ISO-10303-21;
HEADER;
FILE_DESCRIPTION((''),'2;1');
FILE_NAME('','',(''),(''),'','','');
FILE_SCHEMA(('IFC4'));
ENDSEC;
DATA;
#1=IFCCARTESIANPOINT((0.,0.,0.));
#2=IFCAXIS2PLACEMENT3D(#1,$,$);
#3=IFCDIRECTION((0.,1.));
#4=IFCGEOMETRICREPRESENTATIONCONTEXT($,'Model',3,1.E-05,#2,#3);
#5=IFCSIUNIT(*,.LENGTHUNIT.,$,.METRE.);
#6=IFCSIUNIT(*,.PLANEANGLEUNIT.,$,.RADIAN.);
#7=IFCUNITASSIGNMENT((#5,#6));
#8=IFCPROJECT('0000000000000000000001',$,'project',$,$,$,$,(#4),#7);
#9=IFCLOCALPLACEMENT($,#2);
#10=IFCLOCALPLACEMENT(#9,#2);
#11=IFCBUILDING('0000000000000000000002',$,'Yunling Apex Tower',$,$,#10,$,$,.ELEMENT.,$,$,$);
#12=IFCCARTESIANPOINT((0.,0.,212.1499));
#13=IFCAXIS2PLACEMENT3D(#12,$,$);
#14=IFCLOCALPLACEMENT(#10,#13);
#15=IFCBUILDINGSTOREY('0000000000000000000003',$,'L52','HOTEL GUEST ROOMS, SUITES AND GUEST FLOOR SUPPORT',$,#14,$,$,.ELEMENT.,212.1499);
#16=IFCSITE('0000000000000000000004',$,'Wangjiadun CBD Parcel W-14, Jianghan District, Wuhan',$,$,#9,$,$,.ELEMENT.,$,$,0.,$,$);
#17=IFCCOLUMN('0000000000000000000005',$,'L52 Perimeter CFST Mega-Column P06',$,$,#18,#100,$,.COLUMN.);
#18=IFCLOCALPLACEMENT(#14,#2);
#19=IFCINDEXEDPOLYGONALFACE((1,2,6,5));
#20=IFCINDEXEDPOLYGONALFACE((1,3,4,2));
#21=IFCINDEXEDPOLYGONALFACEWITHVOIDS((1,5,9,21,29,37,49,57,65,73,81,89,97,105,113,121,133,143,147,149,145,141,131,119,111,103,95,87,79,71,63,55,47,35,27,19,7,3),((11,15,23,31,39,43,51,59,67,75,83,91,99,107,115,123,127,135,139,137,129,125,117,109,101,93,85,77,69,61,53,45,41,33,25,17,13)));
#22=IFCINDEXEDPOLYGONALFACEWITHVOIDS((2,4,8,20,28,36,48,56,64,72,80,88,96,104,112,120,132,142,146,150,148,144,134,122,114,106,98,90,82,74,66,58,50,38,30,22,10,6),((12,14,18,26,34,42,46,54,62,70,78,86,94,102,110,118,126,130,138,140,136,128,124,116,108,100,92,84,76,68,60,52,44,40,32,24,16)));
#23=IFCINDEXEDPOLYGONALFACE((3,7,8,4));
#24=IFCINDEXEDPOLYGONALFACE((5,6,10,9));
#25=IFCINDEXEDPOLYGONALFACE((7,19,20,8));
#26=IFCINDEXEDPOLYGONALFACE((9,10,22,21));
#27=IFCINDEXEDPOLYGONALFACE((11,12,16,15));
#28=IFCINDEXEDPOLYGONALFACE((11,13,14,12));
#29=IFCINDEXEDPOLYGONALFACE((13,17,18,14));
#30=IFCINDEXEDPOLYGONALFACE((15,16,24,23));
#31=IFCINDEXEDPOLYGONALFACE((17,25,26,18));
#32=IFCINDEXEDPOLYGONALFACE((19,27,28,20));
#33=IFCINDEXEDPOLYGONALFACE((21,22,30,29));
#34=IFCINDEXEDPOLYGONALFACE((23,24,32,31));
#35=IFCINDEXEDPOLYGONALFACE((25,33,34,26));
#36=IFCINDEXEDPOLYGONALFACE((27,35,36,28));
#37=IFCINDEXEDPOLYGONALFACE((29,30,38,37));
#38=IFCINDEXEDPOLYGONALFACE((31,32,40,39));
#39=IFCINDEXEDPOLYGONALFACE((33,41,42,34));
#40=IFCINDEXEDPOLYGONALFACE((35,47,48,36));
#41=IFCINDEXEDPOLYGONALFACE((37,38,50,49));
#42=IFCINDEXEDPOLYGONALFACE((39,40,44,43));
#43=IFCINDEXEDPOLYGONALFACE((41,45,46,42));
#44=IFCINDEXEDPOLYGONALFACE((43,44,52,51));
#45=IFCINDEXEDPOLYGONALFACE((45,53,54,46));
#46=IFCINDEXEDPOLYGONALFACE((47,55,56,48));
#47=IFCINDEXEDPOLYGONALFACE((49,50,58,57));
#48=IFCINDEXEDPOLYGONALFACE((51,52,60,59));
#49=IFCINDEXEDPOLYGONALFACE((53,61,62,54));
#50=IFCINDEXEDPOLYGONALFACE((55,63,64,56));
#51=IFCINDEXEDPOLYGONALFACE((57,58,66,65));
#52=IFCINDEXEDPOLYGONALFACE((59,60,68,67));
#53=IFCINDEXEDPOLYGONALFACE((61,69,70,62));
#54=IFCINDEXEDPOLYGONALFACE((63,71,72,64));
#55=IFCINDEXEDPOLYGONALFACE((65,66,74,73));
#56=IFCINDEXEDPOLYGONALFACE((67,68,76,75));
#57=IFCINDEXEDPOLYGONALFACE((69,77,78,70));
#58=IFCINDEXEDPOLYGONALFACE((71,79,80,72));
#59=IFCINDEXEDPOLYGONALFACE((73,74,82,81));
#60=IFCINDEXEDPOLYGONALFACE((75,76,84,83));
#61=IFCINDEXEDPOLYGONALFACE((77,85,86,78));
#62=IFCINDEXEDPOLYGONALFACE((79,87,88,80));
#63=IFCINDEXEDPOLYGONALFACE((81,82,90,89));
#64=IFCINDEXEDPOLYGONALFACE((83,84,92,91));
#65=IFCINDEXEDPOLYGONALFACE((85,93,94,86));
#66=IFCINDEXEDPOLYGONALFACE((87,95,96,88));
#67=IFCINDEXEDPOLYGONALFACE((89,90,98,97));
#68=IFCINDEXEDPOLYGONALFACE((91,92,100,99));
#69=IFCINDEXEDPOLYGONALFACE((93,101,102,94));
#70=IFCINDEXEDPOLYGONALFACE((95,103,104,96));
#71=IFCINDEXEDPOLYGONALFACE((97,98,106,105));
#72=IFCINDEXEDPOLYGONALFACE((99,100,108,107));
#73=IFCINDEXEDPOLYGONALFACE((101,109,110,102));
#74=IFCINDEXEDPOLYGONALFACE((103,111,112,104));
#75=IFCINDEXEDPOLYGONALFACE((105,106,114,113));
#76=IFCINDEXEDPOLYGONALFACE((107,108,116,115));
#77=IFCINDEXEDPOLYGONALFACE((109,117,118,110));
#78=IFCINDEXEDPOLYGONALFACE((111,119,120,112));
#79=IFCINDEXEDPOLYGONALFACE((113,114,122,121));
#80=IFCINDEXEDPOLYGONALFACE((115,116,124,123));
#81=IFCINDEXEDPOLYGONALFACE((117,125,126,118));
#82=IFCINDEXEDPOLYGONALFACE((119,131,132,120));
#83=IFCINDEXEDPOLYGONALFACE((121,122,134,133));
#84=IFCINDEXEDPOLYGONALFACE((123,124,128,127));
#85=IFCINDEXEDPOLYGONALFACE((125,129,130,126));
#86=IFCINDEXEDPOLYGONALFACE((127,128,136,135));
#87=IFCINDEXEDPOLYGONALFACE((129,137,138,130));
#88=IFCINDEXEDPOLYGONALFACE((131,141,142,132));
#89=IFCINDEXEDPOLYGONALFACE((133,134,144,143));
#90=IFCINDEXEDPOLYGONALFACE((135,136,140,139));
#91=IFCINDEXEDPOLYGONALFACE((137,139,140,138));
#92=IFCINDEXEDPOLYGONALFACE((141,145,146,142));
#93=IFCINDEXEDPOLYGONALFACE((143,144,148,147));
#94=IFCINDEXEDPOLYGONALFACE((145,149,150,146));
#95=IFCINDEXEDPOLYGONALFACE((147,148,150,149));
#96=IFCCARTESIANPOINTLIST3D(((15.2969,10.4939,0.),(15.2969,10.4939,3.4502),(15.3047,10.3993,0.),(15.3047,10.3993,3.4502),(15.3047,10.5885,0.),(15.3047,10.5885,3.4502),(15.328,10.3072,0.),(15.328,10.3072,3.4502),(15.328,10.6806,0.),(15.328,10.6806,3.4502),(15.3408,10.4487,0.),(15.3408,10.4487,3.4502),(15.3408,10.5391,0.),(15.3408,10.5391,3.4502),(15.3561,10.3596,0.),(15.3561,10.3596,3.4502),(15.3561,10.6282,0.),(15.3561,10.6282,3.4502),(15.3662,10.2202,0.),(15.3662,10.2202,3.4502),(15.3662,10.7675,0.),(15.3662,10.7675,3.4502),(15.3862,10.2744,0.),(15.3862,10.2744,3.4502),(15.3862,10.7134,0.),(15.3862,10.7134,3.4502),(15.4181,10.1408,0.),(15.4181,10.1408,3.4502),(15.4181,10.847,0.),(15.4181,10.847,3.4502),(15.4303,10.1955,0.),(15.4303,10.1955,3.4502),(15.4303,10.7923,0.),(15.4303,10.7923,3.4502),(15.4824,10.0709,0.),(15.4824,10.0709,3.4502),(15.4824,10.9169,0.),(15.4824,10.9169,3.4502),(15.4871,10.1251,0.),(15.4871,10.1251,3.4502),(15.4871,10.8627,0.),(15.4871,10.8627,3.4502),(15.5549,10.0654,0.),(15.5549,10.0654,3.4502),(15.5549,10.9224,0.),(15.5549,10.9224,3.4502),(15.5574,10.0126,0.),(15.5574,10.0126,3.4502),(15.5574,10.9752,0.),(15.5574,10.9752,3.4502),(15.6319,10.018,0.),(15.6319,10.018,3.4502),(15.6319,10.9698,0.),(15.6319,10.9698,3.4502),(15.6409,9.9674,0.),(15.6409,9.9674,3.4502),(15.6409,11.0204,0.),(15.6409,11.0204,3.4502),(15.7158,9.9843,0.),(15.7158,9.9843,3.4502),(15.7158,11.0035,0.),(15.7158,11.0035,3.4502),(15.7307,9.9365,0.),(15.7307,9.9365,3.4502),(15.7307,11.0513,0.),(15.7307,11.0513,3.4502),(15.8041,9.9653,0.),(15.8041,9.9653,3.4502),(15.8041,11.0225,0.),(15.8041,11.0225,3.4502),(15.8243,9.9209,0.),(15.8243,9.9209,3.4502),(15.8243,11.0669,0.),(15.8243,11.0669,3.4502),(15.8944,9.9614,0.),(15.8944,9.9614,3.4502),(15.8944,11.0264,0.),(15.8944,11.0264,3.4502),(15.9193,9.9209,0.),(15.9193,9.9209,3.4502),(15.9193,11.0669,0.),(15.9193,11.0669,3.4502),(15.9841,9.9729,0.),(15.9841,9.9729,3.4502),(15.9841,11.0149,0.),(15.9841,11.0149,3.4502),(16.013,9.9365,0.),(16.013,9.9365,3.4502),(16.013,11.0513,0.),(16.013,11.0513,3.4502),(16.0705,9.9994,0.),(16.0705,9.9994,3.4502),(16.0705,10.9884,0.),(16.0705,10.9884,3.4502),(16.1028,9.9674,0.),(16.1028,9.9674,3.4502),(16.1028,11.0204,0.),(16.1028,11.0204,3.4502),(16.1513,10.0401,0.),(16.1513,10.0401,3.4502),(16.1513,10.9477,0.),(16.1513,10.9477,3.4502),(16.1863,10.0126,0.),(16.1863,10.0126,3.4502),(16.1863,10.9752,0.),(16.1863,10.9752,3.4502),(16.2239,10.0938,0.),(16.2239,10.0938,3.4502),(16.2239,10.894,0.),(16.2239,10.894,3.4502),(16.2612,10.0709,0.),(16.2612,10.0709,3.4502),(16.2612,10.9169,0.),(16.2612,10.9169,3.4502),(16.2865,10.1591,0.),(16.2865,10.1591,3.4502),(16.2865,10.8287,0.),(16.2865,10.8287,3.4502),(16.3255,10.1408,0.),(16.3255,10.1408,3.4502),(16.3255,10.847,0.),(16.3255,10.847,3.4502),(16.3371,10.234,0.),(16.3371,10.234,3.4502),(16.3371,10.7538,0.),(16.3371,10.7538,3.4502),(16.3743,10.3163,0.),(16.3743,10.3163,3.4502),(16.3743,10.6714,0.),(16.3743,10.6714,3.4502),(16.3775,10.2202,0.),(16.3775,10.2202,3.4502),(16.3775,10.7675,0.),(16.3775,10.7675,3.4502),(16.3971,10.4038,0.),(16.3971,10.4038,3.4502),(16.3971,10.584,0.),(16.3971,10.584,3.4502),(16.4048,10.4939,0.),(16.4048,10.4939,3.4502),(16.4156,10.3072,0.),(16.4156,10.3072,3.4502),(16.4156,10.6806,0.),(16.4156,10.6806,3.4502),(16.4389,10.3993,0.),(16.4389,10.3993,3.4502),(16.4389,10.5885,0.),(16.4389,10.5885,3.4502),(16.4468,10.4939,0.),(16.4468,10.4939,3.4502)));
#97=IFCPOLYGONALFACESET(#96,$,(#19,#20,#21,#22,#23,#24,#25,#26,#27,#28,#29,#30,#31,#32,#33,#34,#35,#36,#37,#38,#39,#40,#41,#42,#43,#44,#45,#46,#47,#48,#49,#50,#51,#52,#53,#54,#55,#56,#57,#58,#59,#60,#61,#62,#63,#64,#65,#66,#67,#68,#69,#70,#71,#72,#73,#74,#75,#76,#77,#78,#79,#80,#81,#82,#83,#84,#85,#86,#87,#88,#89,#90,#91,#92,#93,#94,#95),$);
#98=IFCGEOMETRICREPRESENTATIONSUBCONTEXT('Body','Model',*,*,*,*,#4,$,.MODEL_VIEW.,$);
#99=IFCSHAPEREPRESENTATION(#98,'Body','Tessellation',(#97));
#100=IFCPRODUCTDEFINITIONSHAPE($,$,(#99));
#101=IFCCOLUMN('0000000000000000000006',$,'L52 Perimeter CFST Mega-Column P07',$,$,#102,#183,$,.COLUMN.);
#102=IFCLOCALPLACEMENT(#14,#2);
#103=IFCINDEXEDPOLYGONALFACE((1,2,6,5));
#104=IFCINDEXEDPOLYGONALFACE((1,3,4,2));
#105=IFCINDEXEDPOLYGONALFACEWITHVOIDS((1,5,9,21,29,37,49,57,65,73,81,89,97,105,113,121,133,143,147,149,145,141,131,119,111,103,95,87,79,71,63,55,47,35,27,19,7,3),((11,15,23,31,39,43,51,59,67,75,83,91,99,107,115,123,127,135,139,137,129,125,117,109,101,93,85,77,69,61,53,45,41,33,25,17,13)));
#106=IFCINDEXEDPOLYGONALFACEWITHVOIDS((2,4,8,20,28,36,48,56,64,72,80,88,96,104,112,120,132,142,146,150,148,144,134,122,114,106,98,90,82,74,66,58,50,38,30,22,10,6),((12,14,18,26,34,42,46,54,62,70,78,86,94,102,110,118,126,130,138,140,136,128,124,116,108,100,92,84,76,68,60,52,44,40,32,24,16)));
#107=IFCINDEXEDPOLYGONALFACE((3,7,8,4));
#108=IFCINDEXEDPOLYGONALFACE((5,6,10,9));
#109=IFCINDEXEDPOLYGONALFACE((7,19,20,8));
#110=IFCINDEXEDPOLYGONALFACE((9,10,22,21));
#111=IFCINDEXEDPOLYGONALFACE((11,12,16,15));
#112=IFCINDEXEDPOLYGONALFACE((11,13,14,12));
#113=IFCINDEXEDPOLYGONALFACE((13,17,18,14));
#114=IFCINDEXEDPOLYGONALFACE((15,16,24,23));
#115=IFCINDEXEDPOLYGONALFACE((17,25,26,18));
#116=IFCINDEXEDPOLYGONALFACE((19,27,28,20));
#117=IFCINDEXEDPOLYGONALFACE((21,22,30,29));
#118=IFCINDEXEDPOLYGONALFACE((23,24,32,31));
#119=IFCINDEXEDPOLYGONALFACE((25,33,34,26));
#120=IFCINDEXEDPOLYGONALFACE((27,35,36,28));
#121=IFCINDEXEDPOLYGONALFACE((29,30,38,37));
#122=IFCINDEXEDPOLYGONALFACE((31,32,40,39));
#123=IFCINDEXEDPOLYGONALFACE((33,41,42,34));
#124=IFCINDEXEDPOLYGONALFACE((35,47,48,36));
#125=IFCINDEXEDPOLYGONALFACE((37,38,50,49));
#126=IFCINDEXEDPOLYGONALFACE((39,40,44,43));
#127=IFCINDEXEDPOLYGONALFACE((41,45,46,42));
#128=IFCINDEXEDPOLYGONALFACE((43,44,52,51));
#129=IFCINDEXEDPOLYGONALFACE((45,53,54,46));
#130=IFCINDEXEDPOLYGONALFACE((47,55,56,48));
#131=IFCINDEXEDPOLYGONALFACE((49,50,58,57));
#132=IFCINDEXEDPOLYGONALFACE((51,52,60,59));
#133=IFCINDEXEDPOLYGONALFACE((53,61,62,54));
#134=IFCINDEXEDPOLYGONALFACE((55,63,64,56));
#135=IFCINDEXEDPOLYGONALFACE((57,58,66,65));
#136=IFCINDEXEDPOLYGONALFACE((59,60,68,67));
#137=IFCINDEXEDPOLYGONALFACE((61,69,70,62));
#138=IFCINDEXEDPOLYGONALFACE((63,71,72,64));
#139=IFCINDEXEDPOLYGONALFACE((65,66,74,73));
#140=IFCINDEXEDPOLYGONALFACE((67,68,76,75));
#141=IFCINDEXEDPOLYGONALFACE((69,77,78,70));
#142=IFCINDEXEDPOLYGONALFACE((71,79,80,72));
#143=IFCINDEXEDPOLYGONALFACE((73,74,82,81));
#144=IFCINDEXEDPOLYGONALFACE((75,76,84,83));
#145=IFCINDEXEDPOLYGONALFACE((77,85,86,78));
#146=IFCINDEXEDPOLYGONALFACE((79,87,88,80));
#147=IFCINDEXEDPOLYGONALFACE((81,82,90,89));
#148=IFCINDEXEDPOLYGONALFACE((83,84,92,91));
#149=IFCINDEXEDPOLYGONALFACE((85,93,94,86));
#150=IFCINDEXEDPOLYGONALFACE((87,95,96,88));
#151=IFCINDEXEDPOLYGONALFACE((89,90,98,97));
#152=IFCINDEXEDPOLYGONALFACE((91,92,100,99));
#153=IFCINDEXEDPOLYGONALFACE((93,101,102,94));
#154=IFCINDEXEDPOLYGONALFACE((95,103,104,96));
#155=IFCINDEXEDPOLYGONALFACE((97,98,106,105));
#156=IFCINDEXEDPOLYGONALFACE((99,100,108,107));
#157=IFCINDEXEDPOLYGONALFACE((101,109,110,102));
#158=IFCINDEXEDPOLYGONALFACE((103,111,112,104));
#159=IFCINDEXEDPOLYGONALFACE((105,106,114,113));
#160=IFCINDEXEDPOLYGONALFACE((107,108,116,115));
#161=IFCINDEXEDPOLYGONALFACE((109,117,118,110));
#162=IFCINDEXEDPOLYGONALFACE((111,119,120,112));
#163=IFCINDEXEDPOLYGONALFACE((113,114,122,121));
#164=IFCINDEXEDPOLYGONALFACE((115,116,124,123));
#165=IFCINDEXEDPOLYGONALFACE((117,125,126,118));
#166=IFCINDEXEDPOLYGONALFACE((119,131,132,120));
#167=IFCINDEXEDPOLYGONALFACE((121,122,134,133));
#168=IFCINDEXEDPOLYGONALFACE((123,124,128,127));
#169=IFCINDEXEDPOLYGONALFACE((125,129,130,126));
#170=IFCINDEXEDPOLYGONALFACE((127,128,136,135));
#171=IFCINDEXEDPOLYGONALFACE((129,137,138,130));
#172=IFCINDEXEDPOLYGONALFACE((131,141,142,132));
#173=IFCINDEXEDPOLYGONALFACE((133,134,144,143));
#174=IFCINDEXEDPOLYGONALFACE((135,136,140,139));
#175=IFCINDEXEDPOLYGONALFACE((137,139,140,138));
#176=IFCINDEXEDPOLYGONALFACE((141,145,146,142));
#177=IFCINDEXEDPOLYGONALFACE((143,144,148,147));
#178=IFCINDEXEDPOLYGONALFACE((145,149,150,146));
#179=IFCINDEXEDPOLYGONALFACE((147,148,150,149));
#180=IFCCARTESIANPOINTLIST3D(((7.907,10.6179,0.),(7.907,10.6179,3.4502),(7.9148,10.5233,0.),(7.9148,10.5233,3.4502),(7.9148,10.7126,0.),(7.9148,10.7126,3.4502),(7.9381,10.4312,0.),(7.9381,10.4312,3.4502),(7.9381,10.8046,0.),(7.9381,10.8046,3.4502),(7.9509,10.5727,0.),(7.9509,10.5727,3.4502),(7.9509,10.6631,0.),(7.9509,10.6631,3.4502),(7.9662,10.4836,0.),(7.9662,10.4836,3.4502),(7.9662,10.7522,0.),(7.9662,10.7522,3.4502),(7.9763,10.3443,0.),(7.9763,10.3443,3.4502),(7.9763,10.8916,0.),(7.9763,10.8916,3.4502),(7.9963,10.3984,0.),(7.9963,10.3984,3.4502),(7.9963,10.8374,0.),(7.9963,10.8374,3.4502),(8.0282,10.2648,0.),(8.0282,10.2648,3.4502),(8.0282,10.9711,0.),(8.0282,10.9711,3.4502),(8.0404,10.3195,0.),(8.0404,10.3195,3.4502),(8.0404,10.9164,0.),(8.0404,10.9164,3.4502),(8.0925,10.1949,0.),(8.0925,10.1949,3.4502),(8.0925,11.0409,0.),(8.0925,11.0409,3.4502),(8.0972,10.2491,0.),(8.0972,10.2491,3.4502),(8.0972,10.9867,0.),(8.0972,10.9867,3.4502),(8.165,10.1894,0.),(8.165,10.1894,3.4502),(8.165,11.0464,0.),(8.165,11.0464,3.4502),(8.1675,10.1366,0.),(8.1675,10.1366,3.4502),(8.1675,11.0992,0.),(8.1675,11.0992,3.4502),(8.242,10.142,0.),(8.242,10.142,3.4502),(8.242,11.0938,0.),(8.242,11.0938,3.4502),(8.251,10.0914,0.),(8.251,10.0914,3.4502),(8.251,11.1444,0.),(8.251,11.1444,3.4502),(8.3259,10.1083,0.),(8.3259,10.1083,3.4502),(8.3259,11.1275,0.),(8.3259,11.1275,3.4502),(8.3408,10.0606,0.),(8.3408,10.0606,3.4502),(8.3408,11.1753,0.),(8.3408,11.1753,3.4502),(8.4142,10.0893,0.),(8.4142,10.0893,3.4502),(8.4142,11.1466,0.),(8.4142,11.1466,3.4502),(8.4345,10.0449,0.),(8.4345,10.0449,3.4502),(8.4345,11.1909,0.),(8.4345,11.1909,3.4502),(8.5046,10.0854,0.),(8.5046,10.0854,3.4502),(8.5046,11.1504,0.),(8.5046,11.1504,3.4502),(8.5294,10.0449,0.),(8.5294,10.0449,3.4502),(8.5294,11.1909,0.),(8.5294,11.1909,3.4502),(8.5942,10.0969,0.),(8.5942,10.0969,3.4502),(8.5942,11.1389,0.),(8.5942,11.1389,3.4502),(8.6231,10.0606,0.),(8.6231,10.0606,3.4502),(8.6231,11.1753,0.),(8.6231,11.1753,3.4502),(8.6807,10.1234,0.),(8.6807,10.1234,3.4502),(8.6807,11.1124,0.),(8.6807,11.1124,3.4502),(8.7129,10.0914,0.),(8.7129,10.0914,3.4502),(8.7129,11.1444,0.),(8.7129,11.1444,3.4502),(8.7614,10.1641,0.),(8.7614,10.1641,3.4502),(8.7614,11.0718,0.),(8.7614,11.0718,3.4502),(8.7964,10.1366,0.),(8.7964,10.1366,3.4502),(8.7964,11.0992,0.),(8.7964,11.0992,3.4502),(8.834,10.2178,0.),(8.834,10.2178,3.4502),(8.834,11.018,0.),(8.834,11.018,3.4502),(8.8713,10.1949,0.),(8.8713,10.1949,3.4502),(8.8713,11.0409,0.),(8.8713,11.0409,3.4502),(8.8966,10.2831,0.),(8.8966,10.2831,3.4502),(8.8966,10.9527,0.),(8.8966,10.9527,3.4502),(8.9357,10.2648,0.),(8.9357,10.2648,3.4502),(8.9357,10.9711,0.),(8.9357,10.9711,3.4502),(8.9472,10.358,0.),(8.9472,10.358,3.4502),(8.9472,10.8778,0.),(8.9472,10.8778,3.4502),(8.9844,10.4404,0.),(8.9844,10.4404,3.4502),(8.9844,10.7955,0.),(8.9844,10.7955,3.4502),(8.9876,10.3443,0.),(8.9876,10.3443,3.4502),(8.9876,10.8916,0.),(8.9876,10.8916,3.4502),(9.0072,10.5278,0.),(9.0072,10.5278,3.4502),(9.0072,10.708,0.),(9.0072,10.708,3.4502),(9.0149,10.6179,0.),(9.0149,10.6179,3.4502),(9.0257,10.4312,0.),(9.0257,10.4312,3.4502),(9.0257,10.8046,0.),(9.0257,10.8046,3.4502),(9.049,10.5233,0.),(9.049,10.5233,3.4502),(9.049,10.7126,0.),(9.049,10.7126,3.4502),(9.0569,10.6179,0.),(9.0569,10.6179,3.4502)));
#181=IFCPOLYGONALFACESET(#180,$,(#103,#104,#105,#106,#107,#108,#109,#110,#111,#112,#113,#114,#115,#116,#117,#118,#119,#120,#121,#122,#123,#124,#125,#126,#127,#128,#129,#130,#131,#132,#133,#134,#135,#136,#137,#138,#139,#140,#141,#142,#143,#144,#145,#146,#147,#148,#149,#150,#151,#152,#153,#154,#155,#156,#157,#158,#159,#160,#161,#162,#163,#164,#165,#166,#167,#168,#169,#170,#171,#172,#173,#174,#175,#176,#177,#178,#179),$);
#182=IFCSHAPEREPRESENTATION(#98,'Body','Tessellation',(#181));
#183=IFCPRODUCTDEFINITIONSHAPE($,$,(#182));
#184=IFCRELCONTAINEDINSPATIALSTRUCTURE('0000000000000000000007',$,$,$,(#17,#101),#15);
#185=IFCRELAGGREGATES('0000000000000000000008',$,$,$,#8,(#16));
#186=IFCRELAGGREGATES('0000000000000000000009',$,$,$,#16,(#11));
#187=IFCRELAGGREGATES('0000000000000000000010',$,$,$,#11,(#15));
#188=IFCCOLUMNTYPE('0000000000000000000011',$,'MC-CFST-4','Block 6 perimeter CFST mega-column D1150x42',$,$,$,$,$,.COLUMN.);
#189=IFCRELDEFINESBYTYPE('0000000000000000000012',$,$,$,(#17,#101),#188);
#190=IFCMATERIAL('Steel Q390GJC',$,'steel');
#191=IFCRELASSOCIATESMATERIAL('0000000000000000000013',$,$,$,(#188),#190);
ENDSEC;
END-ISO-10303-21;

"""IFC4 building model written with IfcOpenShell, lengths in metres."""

from ifc_helpers import new_model, si_unit, direction, frame, origin, origin_2d, place, context, subcontext, project, spatial, hollow_circle, extrude, source, transform, mapped, material, material_profile, profile_set, type_object, element, save


model = new_model("IFC4")

# Units and contexts
model_context = context("Model", 3, precision=1e-05, world=origin(), true_north=direction((0.0, 1.0)))
body_context = subcontext(model_context, "Body", "Model", "MODEL_VIEW")
ifc_project = project(units=[si_unit("LENGTHUNIT", "METRE"), si_unit("PLANEANGLEUNIT", "RADIAN")], contexts=[model_context])

# Site, building, storey
site_placement = place(None, origin())
site = spatial("IfcSite", under=ifc_project, at=site_placement, Name="Wangjiadun CBD Parcel W-14, Jianghan District, Wuhan", CompositionType="ELEMENT", RefElevation=0.0)
building_placement = place(site_placement, origin())
building = spatial("IfcBuilding", under=site, at=building_placement, Name="Yunling Apex Tower", CompositionType="ELEMENT")
storey_placement = place(building_placement, frame((0.0, 0.0, 212.1499)))
storey = spatial("IfcBuildingStorey", under=building, at=storey_placement, Name="L52", Description="HOTEL GUEST ROOMS, SUITES AND GUEST FLOOR SUPPORT", CompositionType="ELEMENT", Elevation=212.1499)

# Columns
ifc_material_1 = material(Name="Steel Q390GJC", Category="steel")
ifc_material_profile_1 = material_profile(ifc_material_1, hollow_circle(Radius=0.575, WallThickness=0.042, at=origin_2d()))
ifc_profile_set_1 = profile_set([ifc_material_profile_1], Name="Steel Q390GJC")
column_type = type_object("IfcColumnType", Name="MC-CFST-4", Description="Block 6 perimeter CFST mega-column D1150x42", PredefinedType="COLUMN", material=ifc_profile_set_1)
shared_shape_1 = source(origin(), body_context, "Body", "SweptSolid", [
    extrude(hollow_circle(Radius=0.575, WallThickness=0.042, at=origin_2d()), origin(), (0.0, 0.0, 1.0), 3.4502),
])
for number, where, z_axis, x_axis, name in (
    (1, (15.8718, 10.4939, 0.0), (0.0, 0.0, 1.0), (1.0, 0.0, 0.0), "L52 Perimeter CFST Mega-Column P06"),
    (2, (8.4819, 10.6179, 0.0), (0.0, 0.0, 1.0), (1.0, 0.0, 0.0), "L52 Perimeter CFST Mega-Column P07"),
):
    element("IfcColumn", number, at=place(storey_placement, frame(where, z_axis=z_axis, x_axis=x_axis)), inside=storey, type_object=column_type, Name=name, PredefinedType="COLUMN", context=body_context, shape_type="MappedRepresentation", body=[
        mapped(shared_shape_1, transform((0.0, 0.0, 0.0), scale=1.0)),
    ])

save(model, "model.ifc")
